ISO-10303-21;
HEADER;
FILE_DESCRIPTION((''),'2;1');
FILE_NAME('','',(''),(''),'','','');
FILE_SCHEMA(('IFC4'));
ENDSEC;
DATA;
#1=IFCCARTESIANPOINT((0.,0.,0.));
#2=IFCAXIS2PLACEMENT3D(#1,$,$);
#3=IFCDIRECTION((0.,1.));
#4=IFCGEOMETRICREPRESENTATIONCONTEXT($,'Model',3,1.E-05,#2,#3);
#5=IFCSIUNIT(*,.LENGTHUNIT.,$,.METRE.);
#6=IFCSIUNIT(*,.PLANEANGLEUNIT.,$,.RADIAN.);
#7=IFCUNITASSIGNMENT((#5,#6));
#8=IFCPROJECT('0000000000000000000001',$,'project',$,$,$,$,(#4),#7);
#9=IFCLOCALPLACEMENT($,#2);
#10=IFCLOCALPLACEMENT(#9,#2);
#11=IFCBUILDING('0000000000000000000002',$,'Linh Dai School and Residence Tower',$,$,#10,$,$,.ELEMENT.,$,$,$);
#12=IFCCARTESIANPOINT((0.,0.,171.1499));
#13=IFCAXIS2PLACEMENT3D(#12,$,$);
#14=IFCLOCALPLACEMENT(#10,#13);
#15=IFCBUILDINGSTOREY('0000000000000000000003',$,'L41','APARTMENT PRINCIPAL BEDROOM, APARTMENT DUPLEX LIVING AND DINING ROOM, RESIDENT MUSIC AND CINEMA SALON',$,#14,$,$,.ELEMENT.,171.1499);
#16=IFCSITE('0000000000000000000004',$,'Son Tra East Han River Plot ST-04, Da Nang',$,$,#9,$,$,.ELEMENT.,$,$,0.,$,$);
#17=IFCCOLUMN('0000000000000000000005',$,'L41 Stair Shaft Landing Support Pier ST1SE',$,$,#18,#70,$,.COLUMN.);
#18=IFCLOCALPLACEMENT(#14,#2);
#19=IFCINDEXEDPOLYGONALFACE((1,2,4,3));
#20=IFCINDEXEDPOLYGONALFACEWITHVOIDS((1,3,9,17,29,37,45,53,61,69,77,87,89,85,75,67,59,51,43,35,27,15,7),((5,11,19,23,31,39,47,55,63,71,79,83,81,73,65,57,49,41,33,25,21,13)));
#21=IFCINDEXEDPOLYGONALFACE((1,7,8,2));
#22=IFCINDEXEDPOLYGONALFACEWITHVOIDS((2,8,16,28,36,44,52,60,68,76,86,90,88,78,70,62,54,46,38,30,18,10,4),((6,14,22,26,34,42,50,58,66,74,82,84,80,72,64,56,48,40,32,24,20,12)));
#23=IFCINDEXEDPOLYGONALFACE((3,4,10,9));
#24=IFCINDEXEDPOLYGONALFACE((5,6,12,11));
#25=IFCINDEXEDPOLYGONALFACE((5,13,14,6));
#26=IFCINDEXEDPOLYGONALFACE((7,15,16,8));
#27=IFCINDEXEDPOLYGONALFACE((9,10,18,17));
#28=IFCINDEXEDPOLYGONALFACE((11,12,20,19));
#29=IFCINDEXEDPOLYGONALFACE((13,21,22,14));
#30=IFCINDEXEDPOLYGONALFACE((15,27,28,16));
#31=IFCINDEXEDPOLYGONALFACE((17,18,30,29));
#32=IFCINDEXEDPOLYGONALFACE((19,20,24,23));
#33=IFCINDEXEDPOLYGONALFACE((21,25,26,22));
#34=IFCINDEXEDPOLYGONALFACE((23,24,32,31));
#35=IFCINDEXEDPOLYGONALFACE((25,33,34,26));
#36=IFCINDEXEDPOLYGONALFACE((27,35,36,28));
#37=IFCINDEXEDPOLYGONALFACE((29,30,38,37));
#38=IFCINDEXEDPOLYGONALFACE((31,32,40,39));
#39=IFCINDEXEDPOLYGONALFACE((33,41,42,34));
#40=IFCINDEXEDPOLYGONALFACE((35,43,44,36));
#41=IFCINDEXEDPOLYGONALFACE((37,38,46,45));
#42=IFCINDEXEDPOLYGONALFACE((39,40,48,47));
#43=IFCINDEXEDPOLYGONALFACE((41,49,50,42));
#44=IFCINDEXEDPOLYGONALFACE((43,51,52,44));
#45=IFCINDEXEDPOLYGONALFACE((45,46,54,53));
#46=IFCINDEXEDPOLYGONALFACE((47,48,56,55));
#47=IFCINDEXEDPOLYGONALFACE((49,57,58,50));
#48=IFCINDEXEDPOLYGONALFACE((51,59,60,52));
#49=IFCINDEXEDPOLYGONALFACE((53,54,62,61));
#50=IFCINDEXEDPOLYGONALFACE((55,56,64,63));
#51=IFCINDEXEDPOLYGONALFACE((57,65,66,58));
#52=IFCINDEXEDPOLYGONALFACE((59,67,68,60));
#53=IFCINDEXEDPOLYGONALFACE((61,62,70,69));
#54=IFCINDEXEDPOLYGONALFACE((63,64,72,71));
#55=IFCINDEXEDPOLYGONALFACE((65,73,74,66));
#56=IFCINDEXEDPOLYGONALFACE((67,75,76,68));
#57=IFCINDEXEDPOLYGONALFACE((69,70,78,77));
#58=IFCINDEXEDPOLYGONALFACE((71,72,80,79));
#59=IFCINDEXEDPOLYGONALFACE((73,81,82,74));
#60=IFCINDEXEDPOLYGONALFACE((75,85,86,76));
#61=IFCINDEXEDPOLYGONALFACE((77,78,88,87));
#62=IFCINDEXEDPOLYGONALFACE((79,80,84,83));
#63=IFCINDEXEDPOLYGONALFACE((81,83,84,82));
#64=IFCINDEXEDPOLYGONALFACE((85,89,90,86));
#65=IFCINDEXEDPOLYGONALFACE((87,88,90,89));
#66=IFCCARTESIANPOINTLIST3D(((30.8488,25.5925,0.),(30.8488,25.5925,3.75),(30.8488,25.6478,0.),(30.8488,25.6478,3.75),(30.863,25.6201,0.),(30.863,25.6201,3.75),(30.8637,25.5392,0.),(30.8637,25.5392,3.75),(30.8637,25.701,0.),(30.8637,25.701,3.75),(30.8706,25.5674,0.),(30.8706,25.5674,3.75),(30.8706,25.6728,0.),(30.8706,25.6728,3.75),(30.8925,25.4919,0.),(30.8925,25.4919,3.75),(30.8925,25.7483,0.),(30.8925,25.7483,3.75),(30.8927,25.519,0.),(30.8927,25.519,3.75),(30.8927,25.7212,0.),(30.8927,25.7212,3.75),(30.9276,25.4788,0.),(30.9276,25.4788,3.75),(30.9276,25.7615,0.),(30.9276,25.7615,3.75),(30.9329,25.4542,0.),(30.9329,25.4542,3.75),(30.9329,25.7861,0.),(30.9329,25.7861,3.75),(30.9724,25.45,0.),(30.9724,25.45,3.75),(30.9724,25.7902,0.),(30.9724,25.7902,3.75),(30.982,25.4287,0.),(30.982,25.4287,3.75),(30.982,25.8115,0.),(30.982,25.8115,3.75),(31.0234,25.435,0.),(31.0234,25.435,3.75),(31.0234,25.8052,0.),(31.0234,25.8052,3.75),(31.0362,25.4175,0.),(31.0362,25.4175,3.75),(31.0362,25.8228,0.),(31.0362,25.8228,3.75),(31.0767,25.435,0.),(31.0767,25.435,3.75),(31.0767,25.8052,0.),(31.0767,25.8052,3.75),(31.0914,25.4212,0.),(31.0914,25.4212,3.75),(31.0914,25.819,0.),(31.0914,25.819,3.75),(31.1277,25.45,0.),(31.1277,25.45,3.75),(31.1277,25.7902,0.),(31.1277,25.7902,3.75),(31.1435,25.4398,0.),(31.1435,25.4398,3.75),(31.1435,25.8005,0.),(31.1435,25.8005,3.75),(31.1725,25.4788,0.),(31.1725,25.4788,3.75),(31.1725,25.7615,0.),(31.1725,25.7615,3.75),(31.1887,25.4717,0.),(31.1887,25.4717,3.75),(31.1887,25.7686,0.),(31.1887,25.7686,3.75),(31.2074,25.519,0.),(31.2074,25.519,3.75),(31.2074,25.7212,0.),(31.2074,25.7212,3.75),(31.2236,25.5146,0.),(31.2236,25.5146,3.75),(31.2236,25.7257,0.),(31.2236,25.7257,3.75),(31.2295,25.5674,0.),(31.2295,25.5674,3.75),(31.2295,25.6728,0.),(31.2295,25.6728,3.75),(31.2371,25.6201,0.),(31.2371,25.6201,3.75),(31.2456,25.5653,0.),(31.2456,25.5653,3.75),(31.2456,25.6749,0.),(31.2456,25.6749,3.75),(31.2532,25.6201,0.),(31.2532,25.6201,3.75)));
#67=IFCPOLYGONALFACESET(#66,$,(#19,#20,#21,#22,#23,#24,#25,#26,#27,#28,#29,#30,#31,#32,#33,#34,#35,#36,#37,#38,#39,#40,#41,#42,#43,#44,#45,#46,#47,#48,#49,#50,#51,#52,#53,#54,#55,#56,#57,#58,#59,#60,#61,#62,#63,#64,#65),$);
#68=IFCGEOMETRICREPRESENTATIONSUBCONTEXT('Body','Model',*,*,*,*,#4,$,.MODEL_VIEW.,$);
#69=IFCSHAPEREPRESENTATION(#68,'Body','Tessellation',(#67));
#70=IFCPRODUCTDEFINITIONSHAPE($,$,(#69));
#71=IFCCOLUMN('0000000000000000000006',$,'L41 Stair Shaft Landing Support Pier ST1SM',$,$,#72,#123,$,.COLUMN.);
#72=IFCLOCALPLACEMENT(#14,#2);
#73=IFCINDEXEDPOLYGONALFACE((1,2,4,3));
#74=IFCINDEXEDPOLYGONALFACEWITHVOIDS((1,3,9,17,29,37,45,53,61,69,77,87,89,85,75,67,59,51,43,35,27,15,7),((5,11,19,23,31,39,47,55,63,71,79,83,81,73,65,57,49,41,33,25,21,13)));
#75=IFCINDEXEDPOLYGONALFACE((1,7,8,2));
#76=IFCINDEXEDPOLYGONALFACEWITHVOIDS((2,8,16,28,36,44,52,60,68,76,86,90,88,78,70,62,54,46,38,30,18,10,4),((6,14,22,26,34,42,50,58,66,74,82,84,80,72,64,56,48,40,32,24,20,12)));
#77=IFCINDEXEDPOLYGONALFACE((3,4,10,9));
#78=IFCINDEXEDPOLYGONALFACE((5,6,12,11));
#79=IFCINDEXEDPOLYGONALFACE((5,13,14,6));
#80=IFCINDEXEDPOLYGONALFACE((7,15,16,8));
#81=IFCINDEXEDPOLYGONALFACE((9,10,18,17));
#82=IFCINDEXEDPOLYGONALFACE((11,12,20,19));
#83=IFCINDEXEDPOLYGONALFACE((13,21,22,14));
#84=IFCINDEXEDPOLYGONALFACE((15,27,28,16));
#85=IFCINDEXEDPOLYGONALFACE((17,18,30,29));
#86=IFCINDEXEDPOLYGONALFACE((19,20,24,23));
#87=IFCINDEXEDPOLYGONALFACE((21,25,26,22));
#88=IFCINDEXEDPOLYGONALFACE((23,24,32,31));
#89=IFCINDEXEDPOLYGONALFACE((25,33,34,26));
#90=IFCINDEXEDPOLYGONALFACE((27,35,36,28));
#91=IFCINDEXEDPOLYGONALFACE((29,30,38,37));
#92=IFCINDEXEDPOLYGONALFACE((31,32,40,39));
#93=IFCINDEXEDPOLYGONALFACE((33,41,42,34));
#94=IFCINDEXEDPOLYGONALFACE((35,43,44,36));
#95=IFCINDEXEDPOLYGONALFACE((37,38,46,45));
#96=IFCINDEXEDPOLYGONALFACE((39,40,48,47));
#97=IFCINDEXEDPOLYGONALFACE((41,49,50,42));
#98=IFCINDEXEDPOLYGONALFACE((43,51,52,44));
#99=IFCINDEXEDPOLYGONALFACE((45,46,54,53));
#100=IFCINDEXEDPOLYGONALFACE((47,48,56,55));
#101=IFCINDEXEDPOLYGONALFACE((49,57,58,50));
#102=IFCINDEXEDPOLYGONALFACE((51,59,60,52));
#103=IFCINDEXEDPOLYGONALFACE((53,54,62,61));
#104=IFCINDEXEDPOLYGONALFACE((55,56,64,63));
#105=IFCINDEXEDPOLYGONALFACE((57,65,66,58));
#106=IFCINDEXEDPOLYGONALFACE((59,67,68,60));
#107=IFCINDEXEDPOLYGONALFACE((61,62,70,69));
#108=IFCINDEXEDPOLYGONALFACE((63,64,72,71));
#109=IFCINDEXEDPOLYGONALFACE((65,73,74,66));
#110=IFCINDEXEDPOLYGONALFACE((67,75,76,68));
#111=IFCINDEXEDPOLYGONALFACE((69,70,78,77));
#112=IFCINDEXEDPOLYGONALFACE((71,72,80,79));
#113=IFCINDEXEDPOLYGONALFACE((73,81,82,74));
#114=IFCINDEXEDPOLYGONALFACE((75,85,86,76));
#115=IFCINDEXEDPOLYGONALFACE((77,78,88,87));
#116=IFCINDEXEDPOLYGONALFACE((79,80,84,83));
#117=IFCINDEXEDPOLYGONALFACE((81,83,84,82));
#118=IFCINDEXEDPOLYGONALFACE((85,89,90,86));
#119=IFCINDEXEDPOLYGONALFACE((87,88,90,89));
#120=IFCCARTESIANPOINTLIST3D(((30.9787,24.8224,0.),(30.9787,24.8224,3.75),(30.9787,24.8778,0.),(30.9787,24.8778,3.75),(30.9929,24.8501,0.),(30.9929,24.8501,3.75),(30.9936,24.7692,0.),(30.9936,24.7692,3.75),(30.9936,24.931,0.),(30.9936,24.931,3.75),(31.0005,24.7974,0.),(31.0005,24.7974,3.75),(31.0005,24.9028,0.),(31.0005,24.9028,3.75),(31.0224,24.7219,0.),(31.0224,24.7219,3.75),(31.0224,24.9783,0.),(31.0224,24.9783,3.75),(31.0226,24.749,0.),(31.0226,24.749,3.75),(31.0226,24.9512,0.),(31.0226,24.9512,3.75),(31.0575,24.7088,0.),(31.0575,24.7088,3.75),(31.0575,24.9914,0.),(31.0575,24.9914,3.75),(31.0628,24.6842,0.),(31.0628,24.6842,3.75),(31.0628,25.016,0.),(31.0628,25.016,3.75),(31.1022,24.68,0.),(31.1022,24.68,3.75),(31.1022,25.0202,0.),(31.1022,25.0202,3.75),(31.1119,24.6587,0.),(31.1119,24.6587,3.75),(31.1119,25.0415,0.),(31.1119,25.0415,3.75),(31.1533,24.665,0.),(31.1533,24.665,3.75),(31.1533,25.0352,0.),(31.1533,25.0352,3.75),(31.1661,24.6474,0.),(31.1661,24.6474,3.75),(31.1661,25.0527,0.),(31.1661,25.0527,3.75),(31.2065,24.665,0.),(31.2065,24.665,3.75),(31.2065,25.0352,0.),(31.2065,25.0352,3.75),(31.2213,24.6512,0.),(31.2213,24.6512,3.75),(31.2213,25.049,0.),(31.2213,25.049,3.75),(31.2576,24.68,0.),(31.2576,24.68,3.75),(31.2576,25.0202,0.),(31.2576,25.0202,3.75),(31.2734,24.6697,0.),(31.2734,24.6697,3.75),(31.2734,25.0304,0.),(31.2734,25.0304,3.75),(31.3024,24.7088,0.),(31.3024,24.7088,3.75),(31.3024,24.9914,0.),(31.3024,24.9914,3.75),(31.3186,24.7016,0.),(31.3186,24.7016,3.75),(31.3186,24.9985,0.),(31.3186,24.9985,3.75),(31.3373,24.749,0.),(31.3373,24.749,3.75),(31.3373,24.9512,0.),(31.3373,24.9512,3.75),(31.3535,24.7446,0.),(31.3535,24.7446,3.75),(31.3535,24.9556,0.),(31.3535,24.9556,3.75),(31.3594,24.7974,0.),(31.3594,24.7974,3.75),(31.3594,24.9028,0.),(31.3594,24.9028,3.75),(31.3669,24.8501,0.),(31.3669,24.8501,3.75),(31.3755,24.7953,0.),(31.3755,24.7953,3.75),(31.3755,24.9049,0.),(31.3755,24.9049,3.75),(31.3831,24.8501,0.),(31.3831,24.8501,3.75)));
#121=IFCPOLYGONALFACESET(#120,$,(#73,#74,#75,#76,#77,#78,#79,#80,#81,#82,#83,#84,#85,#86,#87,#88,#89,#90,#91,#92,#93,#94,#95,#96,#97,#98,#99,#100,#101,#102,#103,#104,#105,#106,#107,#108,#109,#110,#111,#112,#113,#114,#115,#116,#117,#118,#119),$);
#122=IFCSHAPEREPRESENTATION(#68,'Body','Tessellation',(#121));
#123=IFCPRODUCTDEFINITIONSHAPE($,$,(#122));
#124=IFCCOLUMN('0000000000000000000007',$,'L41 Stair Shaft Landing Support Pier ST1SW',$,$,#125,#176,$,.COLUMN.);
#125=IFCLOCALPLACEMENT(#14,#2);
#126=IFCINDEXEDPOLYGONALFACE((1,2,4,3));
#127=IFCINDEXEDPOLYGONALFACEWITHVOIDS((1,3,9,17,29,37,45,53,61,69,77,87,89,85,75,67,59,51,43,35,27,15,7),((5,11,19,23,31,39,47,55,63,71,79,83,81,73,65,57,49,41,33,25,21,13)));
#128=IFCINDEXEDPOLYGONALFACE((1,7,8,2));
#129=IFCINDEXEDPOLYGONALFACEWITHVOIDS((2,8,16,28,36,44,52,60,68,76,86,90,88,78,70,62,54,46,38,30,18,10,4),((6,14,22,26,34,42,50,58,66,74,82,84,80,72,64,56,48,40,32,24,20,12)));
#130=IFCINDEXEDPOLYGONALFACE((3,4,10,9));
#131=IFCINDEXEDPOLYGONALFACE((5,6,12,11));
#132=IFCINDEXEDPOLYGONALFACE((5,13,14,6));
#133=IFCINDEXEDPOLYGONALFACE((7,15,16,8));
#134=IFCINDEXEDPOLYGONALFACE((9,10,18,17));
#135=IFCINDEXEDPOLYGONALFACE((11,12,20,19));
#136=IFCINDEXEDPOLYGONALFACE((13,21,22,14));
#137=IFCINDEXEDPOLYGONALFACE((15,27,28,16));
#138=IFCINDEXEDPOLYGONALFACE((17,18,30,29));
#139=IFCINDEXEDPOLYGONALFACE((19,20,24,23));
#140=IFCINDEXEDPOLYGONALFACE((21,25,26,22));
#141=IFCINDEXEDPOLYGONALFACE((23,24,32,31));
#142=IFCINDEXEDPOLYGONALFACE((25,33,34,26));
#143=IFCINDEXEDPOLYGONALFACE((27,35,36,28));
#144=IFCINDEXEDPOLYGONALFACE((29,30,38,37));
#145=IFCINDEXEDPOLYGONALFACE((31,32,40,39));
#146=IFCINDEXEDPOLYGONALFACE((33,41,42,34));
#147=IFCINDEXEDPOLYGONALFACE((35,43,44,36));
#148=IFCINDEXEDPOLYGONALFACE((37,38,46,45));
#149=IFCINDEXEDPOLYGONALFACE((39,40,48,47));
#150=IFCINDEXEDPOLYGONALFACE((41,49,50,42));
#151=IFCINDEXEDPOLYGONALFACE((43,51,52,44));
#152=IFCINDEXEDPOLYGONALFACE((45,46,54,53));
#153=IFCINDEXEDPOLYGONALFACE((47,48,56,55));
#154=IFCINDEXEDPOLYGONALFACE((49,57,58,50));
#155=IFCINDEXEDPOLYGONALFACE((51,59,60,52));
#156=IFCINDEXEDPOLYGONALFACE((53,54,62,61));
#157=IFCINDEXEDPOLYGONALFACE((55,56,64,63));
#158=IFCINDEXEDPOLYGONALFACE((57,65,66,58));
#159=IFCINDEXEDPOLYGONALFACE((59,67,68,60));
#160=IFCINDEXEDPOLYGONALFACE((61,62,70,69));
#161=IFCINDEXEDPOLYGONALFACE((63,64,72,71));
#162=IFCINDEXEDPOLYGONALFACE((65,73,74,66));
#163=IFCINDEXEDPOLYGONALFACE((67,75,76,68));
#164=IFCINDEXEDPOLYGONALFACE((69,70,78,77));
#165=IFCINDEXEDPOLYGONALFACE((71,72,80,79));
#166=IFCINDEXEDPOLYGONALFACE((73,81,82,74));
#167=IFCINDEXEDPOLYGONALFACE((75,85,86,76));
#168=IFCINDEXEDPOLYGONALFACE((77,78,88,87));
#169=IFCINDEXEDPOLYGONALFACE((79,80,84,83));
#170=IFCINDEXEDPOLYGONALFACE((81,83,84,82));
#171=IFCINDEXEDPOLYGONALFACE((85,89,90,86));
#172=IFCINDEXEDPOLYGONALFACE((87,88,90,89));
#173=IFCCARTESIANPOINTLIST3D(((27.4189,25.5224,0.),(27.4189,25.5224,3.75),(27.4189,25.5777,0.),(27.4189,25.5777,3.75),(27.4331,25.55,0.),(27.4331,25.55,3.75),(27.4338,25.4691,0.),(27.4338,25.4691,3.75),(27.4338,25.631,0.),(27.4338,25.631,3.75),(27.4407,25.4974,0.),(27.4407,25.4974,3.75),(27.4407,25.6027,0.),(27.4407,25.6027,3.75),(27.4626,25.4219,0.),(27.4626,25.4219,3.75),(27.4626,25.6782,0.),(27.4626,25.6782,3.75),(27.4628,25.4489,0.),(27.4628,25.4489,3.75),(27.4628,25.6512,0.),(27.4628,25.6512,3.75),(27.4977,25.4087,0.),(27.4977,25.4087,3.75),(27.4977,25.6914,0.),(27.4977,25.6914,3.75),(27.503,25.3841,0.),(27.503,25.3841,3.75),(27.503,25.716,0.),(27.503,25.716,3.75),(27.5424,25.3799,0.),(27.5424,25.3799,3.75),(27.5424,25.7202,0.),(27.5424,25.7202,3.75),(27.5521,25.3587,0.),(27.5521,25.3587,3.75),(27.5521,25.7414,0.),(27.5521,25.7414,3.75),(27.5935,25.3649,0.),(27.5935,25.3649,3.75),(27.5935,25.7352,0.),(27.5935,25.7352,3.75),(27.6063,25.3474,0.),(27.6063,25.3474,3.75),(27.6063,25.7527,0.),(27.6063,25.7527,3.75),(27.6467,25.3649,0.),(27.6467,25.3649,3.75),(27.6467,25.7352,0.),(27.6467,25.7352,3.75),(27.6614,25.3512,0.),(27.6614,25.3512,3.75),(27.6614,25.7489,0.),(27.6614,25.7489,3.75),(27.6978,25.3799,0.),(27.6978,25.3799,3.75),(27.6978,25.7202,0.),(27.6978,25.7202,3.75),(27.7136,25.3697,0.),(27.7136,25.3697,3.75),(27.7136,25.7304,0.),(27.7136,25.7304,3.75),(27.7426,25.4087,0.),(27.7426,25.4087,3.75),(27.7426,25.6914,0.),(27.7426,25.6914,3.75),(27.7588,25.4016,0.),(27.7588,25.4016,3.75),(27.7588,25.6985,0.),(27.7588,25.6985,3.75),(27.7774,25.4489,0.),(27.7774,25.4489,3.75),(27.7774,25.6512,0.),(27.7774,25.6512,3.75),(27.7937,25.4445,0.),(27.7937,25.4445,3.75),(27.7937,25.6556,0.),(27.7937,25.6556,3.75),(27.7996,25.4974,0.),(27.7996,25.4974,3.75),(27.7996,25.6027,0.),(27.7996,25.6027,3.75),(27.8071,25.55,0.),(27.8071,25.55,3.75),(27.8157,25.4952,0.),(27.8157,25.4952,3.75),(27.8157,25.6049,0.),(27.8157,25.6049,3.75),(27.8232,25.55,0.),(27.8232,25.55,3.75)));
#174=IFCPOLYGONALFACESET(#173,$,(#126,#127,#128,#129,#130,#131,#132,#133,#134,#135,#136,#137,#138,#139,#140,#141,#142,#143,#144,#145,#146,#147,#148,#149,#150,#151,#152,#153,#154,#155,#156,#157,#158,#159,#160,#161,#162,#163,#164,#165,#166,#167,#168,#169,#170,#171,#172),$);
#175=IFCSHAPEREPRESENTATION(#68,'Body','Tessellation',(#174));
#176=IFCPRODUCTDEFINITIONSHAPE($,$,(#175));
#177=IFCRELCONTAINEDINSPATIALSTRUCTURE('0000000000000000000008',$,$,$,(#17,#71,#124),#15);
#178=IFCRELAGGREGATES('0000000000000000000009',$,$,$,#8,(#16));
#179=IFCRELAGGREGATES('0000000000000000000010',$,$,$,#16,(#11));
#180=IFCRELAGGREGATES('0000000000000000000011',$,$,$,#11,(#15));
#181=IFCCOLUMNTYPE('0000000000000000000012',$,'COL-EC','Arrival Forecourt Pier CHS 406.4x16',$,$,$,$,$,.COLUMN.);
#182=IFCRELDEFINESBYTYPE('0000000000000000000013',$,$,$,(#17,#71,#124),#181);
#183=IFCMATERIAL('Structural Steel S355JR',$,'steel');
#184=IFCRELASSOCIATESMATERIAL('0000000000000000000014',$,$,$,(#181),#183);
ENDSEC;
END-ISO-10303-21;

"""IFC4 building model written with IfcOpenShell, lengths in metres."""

from ifc_helpers import new_model, si_unit, direction, frame, origin, origin_2d, place, context, subcontext, project, spatial, hollow_circle, extrude, material, material_profile, profile_set, type_object, element, save


model = new_model("IFC4")

# Units and contexts
model_context = context("Model", 3, precision=1e-05, world=origin(), true_north=direction((0.0, 1.0)))
body_context = subcontext(model_context, "Body", "Model", "MODEL_VIEW")
ifc_project = project(units=[si_unit("LENGTHUNIT", "METRE"), si_unit("PLANEANGLEUNIT", "RADIAN")], contexts=[model_context])

# Site, building, storey
site_placement = place(None, origin())
site = spatial("IfcSite", under=ifc_project, at=site_placement, Name="Son Tra East Han River Plot ST-04, Da Nang", CompositionType="ELEMENT", RefElevation=0.0)
building_placement = place(site_placement, origin())
building = spatial("IfcBuilding", under=site, at=building_placement, Name="Linh Dai School and Residence Tower", CompositionType="ELEMENT")
storey_placement = place(building_placement, frame((0.0, 0.0, 171.1499)))
storey = spatial("IfcBuildingStorey", under=building, at=storey_placement, Name="L41", Description="APARTMENT PRINCIPAL BEDROOM, APARTMENT DUPLEX LIVING AND DINING ROOM, RESIDENT MUSIC AND CINEMA SALON", CompositionType="ELEMENT", Elevation=171.1499)

# Columns
ifc_material_1 = material(Name="Structural Steel S355JR", Category="steel")
ifc_material_profile_1 = material_profile(ifc_material_1, hollow_circle(Radius=0.2031, WallThickness=0.0161, at=origin_2d()), Name="CHS 406.4x16")
ifc_profile_set_1 = profile_set([ifc_material_profile_1], Name="Structural Steel S355JR")
column_type_1 = type_object("IfcColumnType", Name="COL-EC", Description="Arrival Forecourt Pier CHS 406.4x16", PredefinedType="COLUMN", material=ifc_profile_set_1)
for number, where, z_axis, x_axis, name in (
    (1, (31.05, 25.6201, 0.0), (0.0, 0.0, 1.0), (1.0, 0.0, 0.0), "L41 Stair Shaft Landing Support Pier ST1SE"),
    (2, (31.1799, 24.8501, 0.0), (0.0, 0.0, 1.0), (1.0, 0.0, 0.0), "L41 Stair Shaft Landing Support Pier ST1SM"),
    (3, (27.6201, 25.55, 0.0), (0.0, 0.0, 1.0), (1.0, 0.0, 0.0), "L41 Stair Shaft Landing Support Pier ST1SW"),
):
    element("IfcColumn", number, at=place(storey_placement, frame(where, z_axis=z_axis, x_axis=x_axis)), inside=storey, type_object=column_type_1, Name=name, PredefinedType="COLUMN", context=body_context, shape_type="SweptSolid", body=[
        extrude(hollow_circle(Radius=0.2031, WallThickness=0.0161, at=origin_2d()), origin(), (0.0, 0.0, 1.0), 3.75),
    ])

save(model, "model.ifc")
